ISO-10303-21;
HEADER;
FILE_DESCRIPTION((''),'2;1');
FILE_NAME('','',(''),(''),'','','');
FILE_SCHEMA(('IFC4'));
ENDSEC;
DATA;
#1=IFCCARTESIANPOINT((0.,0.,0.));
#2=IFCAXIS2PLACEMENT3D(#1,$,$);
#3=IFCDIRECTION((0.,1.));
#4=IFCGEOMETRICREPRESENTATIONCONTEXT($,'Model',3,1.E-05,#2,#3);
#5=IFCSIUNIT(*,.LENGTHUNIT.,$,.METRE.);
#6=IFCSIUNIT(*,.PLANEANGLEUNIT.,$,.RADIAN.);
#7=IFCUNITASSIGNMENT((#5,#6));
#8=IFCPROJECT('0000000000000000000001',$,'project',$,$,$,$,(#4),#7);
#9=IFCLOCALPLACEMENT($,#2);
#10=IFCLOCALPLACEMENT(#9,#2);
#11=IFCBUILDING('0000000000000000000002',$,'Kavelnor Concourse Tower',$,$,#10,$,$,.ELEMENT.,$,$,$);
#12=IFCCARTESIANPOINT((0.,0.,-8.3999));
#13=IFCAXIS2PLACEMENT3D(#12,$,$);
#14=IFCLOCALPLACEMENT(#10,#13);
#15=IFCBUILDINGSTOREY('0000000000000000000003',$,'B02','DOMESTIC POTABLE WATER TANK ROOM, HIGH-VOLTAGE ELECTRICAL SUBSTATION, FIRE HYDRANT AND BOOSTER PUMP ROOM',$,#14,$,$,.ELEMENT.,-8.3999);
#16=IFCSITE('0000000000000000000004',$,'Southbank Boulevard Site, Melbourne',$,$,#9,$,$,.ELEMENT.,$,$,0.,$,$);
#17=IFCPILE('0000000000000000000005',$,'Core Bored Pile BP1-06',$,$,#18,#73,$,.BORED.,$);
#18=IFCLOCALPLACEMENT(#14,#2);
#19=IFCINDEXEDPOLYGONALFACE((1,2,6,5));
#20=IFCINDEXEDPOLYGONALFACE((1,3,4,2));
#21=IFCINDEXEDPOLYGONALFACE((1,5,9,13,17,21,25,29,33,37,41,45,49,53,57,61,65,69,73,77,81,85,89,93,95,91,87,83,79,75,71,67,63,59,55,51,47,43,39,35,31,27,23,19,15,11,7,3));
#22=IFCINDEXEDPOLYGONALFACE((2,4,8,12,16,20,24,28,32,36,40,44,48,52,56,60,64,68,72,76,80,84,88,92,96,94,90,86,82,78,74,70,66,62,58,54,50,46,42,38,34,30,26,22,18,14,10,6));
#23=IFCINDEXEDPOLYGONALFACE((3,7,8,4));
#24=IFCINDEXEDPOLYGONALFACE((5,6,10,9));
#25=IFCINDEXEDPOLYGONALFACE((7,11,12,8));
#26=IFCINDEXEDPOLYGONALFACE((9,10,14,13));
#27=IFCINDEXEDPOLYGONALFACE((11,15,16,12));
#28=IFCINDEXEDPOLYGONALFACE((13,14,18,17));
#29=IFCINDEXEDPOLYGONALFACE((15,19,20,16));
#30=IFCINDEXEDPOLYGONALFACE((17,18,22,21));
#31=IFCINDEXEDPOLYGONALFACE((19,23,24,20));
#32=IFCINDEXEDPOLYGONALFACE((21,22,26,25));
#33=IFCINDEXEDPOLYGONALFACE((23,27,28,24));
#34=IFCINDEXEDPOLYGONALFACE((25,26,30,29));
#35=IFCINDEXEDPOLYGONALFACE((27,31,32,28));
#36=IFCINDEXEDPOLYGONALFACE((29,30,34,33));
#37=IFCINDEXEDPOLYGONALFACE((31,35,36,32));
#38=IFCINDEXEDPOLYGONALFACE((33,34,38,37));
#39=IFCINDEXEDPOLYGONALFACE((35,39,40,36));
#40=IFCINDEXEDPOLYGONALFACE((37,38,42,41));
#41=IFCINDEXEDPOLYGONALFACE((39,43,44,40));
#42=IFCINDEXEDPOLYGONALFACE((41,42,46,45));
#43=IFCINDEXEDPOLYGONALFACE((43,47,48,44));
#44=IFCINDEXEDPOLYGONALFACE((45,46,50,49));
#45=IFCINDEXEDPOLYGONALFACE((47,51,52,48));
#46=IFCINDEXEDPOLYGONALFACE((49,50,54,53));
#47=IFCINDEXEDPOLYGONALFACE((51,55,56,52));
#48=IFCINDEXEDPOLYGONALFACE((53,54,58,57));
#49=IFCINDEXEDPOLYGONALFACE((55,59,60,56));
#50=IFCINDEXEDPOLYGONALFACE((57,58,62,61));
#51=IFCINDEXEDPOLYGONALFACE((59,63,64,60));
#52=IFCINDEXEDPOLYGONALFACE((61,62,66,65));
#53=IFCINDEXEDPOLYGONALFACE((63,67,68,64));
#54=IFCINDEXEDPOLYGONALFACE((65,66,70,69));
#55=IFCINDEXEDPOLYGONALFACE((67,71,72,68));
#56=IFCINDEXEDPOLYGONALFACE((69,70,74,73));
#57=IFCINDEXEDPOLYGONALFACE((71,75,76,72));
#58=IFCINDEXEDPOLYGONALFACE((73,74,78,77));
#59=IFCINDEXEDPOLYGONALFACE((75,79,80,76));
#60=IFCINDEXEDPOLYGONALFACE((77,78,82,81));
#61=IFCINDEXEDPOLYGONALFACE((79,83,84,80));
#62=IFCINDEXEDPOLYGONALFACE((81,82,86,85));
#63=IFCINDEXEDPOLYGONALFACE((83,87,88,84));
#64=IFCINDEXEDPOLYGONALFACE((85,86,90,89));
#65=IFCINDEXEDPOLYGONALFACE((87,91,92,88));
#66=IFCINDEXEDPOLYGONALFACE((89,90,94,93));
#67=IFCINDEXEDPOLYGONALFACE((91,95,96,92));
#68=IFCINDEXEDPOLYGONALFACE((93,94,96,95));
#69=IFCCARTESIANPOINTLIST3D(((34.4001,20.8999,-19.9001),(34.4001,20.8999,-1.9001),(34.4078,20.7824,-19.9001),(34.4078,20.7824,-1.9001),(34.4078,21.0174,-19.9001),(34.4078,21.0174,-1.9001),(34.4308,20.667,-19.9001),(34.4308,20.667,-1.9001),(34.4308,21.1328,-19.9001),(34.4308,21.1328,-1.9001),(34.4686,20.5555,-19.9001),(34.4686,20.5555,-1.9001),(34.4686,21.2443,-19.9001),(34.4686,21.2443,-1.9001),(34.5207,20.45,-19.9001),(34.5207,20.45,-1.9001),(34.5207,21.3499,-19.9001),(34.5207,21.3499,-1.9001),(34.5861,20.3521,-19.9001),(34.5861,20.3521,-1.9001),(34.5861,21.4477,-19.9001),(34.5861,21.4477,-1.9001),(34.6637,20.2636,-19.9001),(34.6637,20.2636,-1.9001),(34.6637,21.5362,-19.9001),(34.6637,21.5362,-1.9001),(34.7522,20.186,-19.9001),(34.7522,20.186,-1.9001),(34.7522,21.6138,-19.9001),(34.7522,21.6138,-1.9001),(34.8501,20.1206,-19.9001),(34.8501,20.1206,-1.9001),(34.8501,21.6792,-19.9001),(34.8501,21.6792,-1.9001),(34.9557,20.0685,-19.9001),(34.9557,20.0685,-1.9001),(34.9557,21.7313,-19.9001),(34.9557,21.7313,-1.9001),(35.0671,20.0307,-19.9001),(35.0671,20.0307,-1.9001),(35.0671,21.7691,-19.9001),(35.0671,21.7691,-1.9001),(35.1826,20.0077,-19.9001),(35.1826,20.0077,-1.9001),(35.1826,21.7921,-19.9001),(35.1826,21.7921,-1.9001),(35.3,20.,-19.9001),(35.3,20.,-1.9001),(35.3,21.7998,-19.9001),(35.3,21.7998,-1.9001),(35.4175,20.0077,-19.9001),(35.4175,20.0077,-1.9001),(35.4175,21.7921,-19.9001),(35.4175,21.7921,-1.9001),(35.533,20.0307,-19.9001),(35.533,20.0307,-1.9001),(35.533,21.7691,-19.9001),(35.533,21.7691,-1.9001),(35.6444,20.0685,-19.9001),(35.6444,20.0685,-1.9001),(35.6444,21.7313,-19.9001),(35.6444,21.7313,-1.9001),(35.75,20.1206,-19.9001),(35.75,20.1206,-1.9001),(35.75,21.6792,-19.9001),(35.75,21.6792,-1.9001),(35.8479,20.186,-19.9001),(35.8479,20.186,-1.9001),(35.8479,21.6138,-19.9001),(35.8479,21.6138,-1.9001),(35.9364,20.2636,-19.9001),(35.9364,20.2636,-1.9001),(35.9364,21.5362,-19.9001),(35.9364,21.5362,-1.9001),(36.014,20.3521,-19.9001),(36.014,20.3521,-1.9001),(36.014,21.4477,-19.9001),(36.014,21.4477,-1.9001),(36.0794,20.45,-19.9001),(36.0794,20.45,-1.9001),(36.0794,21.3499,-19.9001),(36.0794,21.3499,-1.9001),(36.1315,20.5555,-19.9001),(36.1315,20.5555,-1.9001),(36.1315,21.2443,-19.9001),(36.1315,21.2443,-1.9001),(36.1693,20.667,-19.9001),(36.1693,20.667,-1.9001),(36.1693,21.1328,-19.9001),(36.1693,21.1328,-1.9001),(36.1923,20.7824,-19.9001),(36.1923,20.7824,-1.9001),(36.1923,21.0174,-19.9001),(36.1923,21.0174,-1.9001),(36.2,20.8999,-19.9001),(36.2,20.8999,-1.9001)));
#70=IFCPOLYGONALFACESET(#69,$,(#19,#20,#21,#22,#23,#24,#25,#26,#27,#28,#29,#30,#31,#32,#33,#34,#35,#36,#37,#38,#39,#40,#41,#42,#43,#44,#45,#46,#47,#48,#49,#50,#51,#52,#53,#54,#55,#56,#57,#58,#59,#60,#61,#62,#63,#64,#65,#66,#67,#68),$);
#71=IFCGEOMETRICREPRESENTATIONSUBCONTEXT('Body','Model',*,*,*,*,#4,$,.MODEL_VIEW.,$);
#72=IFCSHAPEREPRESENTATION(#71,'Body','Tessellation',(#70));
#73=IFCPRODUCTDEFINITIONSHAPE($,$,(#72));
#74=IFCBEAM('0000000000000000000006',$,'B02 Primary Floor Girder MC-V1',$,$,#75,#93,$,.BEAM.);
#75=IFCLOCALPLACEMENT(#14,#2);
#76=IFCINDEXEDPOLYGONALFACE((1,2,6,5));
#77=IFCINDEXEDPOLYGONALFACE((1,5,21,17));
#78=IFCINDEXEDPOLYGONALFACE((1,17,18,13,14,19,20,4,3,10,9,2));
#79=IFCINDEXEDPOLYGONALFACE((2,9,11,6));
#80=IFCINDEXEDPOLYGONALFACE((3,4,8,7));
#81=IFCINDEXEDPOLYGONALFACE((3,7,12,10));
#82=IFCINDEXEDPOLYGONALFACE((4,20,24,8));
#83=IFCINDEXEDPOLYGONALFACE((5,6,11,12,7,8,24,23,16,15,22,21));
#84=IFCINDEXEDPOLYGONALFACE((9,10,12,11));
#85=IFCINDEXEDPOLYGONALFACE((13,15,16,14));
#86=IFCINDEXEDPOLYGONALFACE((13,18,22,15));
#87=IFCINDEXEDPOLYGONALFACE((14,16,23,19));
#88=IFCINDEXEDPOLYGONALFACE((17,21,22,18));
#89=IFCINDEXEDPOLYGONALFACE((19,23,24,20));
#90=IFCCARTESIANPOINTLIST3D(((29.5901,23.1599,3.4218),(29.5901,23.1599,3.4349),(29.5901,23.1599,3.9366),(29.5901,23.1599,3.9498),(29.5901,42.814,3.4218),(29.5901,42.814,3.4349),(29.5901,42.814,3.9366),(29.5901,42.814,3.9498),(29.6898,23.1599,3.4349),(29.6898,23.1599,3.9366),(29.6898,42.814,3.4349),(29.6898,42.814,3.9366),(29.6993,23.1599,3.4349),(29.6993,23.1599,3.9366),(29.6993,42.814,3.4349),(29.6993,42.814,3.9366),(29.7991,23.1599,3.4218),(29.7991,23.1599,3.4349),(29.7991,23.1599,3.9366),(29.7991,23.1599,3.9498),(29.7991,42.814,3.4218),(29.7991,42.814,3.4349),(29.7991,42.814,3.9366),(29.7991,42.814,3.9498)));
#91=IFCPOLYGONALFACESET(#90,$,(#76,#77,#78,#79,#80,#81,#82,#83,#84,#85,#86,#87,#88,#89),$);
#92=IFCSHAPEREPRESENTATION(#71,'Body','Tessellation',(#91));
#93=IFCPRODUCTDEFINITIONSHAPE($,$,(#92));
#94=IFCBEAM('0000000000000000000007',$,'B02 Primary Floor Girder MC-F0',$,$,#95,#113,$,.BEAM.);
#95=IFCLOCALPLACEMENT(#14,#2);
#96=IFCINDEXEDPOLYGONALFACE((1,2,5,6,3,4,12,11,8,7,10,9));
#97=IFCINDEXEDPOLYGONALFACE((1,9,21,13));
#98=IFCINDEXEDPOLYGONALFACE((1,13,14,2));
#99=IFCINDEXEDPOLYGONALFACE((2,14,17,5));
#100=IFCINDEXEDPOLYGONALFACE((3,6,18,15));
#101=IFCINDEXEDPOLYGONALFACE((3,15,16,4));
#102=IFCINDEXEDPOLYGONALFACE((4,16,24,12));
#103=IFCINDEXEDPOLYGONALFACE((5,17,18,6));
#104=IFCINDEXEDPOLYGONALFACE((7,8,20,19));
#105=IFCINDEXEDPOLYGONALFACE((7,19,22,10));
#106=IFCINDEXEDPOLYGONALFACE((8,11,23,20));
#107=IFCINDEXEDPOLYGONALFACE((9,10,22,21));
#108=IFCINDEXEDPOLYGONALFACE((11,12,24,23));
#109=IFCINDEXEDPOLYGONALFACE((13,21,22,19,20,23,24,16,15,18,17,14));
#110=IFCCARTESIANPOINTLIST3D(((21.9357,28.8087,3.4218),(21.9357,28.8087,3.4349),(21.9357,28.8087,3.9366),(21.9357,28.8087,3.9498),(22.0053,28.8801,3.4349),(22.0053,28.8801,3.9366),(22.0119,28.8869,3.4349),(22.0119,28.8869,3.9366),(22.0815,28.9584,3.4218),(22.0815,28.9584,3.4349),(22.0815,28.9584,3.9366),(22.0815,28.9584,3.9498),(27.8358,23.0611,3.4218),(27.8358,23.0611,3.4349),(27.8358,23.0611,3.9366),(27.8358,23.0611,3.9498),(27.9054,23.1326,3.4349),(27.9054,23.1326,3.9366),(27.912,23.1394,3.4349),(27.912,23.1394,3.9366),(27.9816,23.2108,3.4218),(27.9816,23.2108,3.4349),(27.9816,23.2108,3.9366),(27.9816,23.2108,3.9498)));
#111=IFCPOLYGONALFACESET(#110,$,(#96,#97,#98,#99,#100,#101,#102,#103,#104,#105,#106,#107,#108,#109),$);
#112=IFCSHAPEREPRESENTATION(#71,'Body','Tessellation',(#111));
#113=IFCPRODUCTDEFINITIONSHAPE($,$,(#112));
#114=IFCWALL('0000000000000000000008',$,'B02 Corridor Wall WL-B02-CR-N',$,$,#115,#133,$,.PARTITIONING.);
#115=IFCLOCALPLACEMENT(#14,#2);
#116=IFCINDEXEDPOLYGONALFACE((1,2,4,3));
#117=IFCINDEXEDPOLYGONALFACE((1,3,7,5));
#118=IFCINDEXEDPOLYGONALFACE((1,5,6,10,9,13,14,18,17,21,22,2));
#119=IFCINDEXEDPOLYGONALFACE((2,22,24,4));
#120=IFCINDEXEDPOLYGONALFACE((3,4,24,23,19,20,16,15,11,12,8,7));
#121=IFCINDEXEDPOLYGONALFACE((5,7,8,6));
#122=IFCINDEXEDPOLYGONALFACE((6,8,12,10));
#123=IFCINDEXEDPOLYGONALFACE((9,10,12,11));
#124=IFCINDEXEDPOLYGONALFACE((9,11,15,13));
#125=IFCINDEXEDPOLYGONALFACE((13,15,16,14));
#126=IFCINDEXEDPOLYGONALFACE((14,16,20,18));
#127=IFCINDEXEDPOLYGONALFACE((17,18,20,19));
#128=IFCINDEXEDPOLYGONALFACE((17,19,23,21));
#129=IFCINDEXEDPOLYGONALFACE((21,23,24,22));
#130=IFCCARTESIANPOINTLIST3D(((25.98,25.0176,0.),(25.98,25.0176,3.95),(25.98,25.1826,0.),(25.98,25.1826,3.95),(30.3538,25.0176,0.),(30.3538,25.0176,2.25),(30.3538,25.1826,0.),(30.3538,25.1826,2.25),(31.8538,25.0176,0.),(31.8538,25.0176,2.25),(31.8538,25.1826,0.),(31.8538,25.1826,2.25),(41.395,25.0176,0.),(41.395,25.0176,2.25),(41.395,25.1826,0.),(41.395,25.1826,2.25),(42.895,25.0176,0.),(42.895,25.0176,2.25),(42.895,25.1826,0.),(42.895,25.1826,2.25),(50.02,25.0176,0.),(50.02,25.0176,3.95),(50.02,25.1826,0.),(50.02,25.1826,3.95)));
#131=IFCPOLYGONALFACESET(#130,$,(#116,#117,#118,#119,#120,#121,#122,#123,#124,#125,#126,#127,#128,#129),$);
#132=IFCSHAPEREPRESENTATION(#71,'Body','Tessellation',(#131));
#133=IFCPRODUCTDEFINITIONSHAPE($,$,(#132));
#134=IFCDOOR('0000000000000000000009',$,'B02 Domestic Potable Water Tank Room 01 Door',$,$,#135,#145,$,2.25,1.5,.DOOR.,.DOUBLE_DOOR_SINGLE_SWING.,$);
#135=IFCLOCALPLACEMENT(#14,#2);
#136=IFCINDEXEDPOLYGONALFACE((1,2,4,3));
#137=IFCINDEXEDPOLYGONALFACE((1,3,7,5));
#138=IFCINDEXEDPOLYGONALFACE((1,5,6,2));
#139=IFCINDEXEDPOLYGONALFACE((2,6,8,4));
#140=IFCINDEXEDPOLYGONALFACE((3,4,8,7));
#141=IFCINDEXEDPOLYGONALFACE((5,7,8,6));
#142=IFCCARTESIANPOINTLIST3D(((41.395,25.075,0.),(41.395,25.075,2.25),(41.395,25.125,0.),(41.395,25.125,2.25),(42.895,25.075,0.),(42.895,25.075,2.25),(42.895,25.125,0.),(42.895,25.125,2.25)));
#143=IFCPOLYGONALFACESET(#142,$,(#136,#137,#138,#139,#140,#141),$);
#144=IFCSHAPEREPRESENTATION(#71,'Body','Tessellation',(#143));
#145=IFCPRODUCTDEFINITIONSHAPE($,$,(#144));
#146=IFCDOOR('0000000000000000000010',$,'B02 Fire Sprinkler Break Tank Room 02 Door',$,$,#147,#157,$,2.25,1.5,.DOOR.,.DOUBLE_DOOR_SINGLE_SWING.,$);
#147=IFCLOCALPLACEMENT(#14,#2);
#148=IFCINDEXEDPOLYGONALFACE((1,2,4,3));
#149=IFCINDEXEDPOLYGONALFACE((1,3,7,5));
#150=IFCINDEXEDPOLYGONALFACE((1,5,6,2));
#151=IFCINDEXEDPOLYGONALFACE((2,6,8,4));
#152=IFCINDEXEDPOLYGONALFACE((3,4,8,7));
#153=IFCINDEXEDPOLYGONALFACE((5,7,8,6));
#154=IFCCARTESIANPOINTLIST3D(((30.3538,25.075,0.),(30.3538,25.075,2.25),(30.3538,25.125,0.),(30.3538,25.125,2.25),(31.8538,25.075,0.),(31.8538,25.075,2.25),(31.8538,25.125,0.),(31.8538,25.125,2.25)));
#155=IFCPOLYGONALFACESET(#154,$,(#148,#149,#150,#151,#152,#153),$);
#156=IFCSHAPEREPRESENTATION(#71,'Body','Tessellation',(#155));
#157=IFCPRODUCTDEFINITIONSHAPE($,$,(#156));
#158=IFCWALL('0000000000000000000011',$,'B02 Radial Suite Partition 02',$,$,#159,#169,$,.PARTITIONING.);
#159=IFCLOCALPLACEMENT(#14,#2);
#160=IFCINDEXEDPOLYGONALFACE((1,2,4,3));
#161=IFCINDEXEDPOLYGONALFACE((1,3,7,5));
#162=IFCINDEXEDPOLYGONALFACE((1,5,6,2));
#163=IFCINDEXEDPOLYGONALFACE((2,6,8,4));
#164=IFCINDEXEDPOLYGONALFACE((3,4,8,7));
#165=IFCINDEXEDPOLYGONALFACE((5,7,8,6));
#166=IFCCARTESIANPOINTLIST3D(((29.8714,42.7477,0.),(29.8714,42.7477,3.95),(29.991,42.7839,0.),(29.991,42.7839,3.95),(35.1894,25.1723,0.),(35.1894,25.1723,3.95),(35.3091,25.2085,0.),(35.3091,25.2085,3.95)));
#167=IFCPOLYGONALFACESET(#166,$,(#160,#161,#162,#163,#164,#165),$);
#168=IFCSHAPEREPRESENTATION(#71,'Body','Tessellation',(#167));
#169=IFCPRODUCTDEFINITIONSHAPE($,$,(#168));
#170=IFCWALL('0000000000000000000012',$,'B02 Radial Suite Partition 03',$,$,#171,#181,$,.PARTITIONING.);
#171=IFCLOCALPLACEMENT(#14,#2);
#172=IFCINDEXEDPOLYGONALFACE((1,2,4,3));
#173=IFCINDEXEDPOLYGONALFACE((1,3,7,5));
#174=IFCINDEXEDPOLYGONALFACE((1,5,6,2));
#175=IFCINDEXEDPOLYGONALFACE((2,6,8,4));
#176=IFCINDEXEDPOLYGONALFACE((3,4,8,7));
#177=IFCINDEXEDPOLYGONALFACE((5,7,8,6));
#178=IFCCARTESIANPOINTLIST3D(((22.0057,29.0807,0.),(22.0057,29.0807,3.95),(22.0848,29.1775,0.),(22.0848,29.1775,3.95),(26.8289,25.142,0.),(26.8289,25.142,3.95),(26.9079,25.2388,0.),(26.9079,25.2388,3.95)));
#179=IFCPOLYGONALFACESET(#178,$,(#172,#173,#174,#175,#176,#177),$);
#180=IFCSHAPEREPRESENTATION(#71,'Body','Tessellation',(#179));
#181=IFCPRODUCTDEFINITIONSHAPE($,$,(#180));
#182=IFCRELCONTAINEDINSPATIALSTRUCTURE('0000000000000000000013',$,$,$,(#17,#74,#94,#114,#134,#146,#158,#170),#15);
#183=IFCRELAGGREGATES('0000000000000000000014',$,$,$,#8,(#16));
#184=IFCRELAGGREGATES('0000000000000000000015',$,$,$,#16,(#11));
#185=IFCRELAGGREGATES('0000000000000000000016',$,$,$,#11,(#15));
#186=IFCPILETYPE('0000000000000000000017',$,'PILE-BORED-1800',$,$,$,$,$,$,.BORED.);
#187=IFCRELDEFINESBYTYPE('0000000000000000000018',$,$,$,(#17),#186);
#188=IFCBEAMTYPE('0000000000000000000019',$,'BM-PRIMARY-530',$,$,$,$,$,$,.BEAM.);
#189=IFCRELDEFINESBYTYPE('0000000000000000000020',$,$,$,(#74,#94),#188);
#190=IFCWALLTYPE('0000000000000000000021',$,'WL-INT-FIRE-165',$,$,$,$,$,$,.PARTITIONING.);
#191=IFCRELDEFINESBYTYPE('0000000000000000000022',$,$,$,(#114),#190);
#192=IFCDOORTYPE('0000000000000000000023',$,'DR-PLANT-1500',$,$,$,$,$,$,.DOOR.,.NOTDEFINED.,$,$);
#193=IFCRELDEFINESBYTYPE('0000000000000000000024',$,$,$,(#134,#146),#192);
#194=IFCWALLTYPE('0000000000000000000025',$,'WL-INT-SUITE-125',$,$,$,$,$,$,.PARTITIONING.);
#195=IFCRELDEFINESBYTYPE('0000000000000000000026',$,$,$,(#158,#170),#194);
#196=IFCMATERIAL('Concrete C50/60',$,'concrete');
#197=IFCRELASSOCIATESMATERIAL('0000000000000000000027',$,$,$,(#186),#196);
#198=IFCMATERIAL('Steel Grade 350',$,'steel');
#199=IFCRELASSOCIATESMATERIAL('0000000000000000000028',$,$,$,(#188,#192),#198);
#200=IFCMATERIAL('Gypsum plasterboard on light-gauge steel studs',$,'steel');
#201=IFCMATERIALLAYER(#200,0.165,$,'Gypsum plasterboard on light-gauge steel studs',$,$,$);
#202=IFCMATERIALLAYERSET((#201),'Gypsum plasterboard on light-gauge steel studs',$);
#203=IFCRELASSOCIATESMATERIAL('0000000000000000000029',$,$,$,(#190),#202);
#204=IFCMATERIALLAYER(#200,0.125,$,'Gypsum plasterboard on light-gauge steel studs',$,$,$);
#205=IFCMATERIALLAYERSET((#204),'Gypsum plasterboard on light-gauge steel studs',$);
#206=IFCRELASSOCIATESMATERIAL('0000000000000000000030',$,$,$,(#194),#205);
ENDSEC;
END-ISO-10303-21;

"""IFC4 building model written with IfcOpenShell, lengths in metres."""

from ifc_helpers import new_model, si_unit, direction, frame, frame_2d, origin, origin_2d, place, context, subcontext, project, spatial, rectangle, circle, i_section, extrude, material, layer, layer_set, material_profile, profile_set, type_object, element, fill, save


model = new_model("IFC4")

# Units and contexts
model_context = context("Model", 3, precision=1e-05, world=origin(), true_north=direction((0.0, 1.0)))
body_context = subcontext(model_context, "Body", "Model", "MODEL_VIEW")
ifc_project = project(units=[si_unit("LENGTHUNIT", "METRE"), si_unit("PLANEANGLEUNIT", "RADIAN")], contexts=[model_context])

# Site, building, storey
site_placement = place(None, origin())
site = spatial("IfcSite", under=ifc_project, at=site_placement, Name="Southbank Boulevard Site, Melbourne", CompositionType="ELEMENT", RefElevation=0.0)
building_placement = place(site_placement, origin())
building = spatial("IfcBuilding", under=site, at=building_placement, Name="Kavelnor Concourse Tower", CompositionType="ELEMENT")
storey_placement = place(building_placement, frame((0.0, 0.0, -8.3999)))
storey = spatial("IfcBuildingStorey", under=building, at=storey_placement, Name="B02", Description="DOMESTIC POTABLE WATER TANK ROOM, HIGH-VOLTAGE ELECTRICAL SUBSTATION, FIRE HYDRANT AND BOOSTER PUMP ROOM", CompositionType="ELEMENT", Elevation=-8.3999)

# Pile
ifc_material_1 = material(Name="Concrete C50/60", Category="concrete")
ifc_material_profile_1 = material_profile(ifc_material_1, circle(Radius=0.8999, at=origin_2d()), Name="PILE-D1800")
ifc_profile_set_1 = profile_set([ifc_material_profile_1], Name="Concrete C50/60")
pile_type = type_object("IfcPileType", Name="PILE-BORED-1800", PredefinedType="BORED", material=ifc_profile_set_1)
for number, where, z_axis, x_axis, name in (
    (1, (35.3, 20.8999, -1.9001), (0.0, 0.0, -1.0), (1.0, 0.0, 0.0), "Core Bored Pile BP1-06"),
):
    element("IfcPile", number, at=place(storey_placement, frame(where, z_axis=z_axis, x_axis=x_axis)), inside=storey, type_object=pile_type, Name=name, PredefinedType="BORED", context=body_context, shape_type="SweptSolid", body=[
        extrude(circle(Radius=0.8999, at=origin_2d()), origin(), (0.0, 0.0, 1.0), 18.0),
    ])

# Beams
ifc_material_2 = material(Name="Steel Grade 350", Category="steel")
ifc_material_profile_2 = material_profile(ifc_material_2, i_section(OverallWidth=0.209, OverallDepth=0.5281, WebThickness=0.0095, FlangeThickness=0.0132, at=origin_2d()), Name="530UB82")
ifc_profile_set_2 = profile_set([ifc_material_profile_2], Name="Steel Grade 350")
beam_type = type_object("IfcBeamType", Name="BM-PRIMARY-530", PredefinedType="BEAM", material=ifc_profile_set_2)
beam_1_placement = place(storey_placement, frame((29.6946, 23.1599, 3.6858), z_axis=(0.0, 1.0, 0.0), x_axis=(-1.0, 0.0, 0.0)))
element("IfcBeam", 2, at=beam_1_placement, inside=storey, type_object=beam_type, Name="B02 Primary Floor Girder MC-V1", PredefinedType="BEAM", context=body_context, shape_type="SweptSolid", body=[
    extrude(i_section(OverallWidth=0.209, OverallDepth=0.5281, WebThickness=0.0095, FlangeThickness=0.0132, at=origin_2d()), origin(), (0.0, 0.0, 1.0), 19.6541),
])
beam_2_placement = place(storey_placement, frame((27.9087, 23.136, 3.6858), z_axis=(-0.716309, 0.697784, 0.0), x_axis=(-0.697784, -0.716309, 0.0)))
element("IfcBeam", 3, at=beam_2_placement, inside=storey, type_object=beam_type, Name="B02 Primary Floor Girder MC-F0", PredefinedType="BEAM", context=body_context, shape_type="SweptSolid", body=[
    extrude(i_section(OverallWidth=0.209, OverallDepth=0.5281, WebThickness=0.0095, FlangeThickness=0.0132, at=origin_2d()), origin(), (0.0, 0.0, 1.0), 8.2368),
])

# Wall, openings, doors
ifc_material_3 = material(Name="Gypsum plasterboard on light-gauge steel studs", Category="steel")
ifc_layer_1 = layer(ifc_material_3, 0.165, Name="Gypsum plasterboard on light-gauge steel studs")
ifc_layer_set_1 = layer_set([ifc_layer_1], Name="Gypsum plasterboard on light-gauge steel studs")
wall_type_1 = type_object("IfcWallType", Name="WL-INT-FIRE-165", PredefinedType="PARTITIONING", material=ifc_layer_set_1)
wall_1_placement = place(storey_placement, frame((25.98, 25.1001, 0.0), z_axis=(0.0, 0.0, 1.0), x_axis=(1.0, 0.0, 0.0)))
wall_1 = element("IfcWall", 4, at=wall_1_placement, inside=storey, type_object=wall_type_1, Name="B02 Corridor Wall WL-B02-CR-N", PredefinedType="PARTITIONING", context=body_context, shape_type="SweptSolid", body=[
    extrude(rectangle(XDim=24.04, YDim=0.165, at=frame_2d((12.02, 0.0))), origin(), (0.0, 0.0, 1.0), 3.95),
])
opening_1_placement = place(wall_1_placement, frame((15.415, 0.0, 0.0)))
opening_1 = element("IfcOpeningElement", 5, at=opening_1_placement, cuts=wall_1, PredefinedType="OPENING", context=body_context, shape_type="SweptSolid", body=[
    extrude(rectangle(XDim=1.5, YDim=2.25, at=frame_2d((0.75, 1.125))), frame((0.0, 0.0925, 0.0), z_axis=(0.0, -1.0, 0.0), x_axis=(1.0, 0.0, 0.0)), (0.0, 0.0, 1.0), 0.1851),
])
opening_2_placement = place(wall_1_placement, frame((4.3738, 0.0, 0.0)))
opening_2 = element("IfcOpeningElement", 6, at=opening_2_placement, cuts=wall_1, PredefinedType="OPENING", context=body_context, shape_type="SweptSolid", body=[
    extrude(rectangle(XDim=1.5, YDim=2.25, at=frame_2d((0.75, 1.125))), frame((0.0, 0.0925, 0.0), z_axis=(0.0, -1.0, 0.0), x_axis=(1.0, 0.0, 0.0)), (0.0, 0.0, 1.0), 0.1851),
])
door_type_1 = type_object("IfcDoorType", Name="DR-PLANT-1500", OperationType="NOTDEFINED", PredefinedType="DOOR", material=ifc_material_2)
door_1_placement = place(opening_1_placement, origin())
door_1 = element("IfcDoor", 7, at=door_1_placement, inside=storey, type_object=door_type_1, Name="B02 Domestic Potable Water Tank Room 01 Door", OperationType="DOUBLE_DOOR_SINGLE_SWING", OverallHeight=2.25, OverallWidth=1.5, PredefinedType="DOOR", context=body_context, shape_type="SweptSolid", body=[
    extrude(rectangle(XDim=1.5, YDim=2.25, at=frame_2d((0.75, 1.125))), frame((0.0, 0.0249, 0.0), z_axis=(0.0, -1.0, 0.0), x_axis=(1.0, 0.0, 0.0)), (0.0, 0.0, 1.0), 0.05),
])
fill(opening_1, door_1)
door_2_placement = place(opening_2_placement, origin())
door_2 = element("IfcDoor", 8, at=door_2_placement, inside=storey, type_object=door_type_1, Name="B02 Fire Sprinkler Break Tank Room 02 Door", OperationType="DOUBLE_DOOR_SINGLE_SWING", OverallHeight=2.25, OverallWidth=1.5, PredefinedType="DOOR", context=body_context, shape_type="SweptSolid", body=[
    extrude(rectangle(XDim=1.5, YDim=2.25, at=frame_2d((0.75, 1.125))), frame((0.0, 0.0249, 0.0), z_axis=(0.0, -1.0, 0.0), x_axis=(1.0, 0.0, 0.0)), (0.0, 0.0, 1.0), 0.05),
])
fill(opening_2, door_2)

# Walls
ifc_layer_2 = layer(ifc_material_3, 0.125, Name="Gypsum plasterboard on light-gauge steel studs")
ifc_layer_set_2 = layer_set([ifc_layer_2], Name="Gypsum plasterboard on light-gauge steel studs")
wall_type_2 = type_object("IfcWallType", Name="WL-INT-SUITE-125", PredefinedType="PARTITIONING", material=ifc_layer_set_2)
wall_2_placement = place(storey_placement, frame((35.2493, 25.1904, 0.0), z_axis=(0.0, 0.0, 1.0), x_axis=(-0.28962, 0.957142, 0.0)))
element("IfcWall", 9, at=wall_2_placement, inside=storey, type_object=wall_type_2, Name="B02 Radial Suite Partition 02", PredefinedType="PARTITIONING", context=body_context, shape_type="SweptSolid", body=[
    extrude(rectangle(XDim=18.3623, YDim=0.125, at=frame_2d((9.1812, 0.0))), origin(), (0.0, 0.0, 1.0), 3.95),
])
wall_3_placement = place(storey_placement, frame((26.8684, 25.1904, 0.0), z_axis=(0.0, 0.0, 1.0), x_axis=(-0.774553, 0.632509, 0.0)))
element("IfcWall", 10, at=wall_3_placement, inside=storey, type_object=wall_type_2, Name="B02 Radial Suite Partition 03", PredefinedType="PARTITIONING", context=body_context, shape_type="SweptSolid", body=[
    extrude(rectangle(XDim=6.2271, YDim=0.125, at=frame_2d((3.1135, 0.0))), origin(), (0.0, 0.0, 1.0), 3.95),
])

save(model, "model.ifc")
